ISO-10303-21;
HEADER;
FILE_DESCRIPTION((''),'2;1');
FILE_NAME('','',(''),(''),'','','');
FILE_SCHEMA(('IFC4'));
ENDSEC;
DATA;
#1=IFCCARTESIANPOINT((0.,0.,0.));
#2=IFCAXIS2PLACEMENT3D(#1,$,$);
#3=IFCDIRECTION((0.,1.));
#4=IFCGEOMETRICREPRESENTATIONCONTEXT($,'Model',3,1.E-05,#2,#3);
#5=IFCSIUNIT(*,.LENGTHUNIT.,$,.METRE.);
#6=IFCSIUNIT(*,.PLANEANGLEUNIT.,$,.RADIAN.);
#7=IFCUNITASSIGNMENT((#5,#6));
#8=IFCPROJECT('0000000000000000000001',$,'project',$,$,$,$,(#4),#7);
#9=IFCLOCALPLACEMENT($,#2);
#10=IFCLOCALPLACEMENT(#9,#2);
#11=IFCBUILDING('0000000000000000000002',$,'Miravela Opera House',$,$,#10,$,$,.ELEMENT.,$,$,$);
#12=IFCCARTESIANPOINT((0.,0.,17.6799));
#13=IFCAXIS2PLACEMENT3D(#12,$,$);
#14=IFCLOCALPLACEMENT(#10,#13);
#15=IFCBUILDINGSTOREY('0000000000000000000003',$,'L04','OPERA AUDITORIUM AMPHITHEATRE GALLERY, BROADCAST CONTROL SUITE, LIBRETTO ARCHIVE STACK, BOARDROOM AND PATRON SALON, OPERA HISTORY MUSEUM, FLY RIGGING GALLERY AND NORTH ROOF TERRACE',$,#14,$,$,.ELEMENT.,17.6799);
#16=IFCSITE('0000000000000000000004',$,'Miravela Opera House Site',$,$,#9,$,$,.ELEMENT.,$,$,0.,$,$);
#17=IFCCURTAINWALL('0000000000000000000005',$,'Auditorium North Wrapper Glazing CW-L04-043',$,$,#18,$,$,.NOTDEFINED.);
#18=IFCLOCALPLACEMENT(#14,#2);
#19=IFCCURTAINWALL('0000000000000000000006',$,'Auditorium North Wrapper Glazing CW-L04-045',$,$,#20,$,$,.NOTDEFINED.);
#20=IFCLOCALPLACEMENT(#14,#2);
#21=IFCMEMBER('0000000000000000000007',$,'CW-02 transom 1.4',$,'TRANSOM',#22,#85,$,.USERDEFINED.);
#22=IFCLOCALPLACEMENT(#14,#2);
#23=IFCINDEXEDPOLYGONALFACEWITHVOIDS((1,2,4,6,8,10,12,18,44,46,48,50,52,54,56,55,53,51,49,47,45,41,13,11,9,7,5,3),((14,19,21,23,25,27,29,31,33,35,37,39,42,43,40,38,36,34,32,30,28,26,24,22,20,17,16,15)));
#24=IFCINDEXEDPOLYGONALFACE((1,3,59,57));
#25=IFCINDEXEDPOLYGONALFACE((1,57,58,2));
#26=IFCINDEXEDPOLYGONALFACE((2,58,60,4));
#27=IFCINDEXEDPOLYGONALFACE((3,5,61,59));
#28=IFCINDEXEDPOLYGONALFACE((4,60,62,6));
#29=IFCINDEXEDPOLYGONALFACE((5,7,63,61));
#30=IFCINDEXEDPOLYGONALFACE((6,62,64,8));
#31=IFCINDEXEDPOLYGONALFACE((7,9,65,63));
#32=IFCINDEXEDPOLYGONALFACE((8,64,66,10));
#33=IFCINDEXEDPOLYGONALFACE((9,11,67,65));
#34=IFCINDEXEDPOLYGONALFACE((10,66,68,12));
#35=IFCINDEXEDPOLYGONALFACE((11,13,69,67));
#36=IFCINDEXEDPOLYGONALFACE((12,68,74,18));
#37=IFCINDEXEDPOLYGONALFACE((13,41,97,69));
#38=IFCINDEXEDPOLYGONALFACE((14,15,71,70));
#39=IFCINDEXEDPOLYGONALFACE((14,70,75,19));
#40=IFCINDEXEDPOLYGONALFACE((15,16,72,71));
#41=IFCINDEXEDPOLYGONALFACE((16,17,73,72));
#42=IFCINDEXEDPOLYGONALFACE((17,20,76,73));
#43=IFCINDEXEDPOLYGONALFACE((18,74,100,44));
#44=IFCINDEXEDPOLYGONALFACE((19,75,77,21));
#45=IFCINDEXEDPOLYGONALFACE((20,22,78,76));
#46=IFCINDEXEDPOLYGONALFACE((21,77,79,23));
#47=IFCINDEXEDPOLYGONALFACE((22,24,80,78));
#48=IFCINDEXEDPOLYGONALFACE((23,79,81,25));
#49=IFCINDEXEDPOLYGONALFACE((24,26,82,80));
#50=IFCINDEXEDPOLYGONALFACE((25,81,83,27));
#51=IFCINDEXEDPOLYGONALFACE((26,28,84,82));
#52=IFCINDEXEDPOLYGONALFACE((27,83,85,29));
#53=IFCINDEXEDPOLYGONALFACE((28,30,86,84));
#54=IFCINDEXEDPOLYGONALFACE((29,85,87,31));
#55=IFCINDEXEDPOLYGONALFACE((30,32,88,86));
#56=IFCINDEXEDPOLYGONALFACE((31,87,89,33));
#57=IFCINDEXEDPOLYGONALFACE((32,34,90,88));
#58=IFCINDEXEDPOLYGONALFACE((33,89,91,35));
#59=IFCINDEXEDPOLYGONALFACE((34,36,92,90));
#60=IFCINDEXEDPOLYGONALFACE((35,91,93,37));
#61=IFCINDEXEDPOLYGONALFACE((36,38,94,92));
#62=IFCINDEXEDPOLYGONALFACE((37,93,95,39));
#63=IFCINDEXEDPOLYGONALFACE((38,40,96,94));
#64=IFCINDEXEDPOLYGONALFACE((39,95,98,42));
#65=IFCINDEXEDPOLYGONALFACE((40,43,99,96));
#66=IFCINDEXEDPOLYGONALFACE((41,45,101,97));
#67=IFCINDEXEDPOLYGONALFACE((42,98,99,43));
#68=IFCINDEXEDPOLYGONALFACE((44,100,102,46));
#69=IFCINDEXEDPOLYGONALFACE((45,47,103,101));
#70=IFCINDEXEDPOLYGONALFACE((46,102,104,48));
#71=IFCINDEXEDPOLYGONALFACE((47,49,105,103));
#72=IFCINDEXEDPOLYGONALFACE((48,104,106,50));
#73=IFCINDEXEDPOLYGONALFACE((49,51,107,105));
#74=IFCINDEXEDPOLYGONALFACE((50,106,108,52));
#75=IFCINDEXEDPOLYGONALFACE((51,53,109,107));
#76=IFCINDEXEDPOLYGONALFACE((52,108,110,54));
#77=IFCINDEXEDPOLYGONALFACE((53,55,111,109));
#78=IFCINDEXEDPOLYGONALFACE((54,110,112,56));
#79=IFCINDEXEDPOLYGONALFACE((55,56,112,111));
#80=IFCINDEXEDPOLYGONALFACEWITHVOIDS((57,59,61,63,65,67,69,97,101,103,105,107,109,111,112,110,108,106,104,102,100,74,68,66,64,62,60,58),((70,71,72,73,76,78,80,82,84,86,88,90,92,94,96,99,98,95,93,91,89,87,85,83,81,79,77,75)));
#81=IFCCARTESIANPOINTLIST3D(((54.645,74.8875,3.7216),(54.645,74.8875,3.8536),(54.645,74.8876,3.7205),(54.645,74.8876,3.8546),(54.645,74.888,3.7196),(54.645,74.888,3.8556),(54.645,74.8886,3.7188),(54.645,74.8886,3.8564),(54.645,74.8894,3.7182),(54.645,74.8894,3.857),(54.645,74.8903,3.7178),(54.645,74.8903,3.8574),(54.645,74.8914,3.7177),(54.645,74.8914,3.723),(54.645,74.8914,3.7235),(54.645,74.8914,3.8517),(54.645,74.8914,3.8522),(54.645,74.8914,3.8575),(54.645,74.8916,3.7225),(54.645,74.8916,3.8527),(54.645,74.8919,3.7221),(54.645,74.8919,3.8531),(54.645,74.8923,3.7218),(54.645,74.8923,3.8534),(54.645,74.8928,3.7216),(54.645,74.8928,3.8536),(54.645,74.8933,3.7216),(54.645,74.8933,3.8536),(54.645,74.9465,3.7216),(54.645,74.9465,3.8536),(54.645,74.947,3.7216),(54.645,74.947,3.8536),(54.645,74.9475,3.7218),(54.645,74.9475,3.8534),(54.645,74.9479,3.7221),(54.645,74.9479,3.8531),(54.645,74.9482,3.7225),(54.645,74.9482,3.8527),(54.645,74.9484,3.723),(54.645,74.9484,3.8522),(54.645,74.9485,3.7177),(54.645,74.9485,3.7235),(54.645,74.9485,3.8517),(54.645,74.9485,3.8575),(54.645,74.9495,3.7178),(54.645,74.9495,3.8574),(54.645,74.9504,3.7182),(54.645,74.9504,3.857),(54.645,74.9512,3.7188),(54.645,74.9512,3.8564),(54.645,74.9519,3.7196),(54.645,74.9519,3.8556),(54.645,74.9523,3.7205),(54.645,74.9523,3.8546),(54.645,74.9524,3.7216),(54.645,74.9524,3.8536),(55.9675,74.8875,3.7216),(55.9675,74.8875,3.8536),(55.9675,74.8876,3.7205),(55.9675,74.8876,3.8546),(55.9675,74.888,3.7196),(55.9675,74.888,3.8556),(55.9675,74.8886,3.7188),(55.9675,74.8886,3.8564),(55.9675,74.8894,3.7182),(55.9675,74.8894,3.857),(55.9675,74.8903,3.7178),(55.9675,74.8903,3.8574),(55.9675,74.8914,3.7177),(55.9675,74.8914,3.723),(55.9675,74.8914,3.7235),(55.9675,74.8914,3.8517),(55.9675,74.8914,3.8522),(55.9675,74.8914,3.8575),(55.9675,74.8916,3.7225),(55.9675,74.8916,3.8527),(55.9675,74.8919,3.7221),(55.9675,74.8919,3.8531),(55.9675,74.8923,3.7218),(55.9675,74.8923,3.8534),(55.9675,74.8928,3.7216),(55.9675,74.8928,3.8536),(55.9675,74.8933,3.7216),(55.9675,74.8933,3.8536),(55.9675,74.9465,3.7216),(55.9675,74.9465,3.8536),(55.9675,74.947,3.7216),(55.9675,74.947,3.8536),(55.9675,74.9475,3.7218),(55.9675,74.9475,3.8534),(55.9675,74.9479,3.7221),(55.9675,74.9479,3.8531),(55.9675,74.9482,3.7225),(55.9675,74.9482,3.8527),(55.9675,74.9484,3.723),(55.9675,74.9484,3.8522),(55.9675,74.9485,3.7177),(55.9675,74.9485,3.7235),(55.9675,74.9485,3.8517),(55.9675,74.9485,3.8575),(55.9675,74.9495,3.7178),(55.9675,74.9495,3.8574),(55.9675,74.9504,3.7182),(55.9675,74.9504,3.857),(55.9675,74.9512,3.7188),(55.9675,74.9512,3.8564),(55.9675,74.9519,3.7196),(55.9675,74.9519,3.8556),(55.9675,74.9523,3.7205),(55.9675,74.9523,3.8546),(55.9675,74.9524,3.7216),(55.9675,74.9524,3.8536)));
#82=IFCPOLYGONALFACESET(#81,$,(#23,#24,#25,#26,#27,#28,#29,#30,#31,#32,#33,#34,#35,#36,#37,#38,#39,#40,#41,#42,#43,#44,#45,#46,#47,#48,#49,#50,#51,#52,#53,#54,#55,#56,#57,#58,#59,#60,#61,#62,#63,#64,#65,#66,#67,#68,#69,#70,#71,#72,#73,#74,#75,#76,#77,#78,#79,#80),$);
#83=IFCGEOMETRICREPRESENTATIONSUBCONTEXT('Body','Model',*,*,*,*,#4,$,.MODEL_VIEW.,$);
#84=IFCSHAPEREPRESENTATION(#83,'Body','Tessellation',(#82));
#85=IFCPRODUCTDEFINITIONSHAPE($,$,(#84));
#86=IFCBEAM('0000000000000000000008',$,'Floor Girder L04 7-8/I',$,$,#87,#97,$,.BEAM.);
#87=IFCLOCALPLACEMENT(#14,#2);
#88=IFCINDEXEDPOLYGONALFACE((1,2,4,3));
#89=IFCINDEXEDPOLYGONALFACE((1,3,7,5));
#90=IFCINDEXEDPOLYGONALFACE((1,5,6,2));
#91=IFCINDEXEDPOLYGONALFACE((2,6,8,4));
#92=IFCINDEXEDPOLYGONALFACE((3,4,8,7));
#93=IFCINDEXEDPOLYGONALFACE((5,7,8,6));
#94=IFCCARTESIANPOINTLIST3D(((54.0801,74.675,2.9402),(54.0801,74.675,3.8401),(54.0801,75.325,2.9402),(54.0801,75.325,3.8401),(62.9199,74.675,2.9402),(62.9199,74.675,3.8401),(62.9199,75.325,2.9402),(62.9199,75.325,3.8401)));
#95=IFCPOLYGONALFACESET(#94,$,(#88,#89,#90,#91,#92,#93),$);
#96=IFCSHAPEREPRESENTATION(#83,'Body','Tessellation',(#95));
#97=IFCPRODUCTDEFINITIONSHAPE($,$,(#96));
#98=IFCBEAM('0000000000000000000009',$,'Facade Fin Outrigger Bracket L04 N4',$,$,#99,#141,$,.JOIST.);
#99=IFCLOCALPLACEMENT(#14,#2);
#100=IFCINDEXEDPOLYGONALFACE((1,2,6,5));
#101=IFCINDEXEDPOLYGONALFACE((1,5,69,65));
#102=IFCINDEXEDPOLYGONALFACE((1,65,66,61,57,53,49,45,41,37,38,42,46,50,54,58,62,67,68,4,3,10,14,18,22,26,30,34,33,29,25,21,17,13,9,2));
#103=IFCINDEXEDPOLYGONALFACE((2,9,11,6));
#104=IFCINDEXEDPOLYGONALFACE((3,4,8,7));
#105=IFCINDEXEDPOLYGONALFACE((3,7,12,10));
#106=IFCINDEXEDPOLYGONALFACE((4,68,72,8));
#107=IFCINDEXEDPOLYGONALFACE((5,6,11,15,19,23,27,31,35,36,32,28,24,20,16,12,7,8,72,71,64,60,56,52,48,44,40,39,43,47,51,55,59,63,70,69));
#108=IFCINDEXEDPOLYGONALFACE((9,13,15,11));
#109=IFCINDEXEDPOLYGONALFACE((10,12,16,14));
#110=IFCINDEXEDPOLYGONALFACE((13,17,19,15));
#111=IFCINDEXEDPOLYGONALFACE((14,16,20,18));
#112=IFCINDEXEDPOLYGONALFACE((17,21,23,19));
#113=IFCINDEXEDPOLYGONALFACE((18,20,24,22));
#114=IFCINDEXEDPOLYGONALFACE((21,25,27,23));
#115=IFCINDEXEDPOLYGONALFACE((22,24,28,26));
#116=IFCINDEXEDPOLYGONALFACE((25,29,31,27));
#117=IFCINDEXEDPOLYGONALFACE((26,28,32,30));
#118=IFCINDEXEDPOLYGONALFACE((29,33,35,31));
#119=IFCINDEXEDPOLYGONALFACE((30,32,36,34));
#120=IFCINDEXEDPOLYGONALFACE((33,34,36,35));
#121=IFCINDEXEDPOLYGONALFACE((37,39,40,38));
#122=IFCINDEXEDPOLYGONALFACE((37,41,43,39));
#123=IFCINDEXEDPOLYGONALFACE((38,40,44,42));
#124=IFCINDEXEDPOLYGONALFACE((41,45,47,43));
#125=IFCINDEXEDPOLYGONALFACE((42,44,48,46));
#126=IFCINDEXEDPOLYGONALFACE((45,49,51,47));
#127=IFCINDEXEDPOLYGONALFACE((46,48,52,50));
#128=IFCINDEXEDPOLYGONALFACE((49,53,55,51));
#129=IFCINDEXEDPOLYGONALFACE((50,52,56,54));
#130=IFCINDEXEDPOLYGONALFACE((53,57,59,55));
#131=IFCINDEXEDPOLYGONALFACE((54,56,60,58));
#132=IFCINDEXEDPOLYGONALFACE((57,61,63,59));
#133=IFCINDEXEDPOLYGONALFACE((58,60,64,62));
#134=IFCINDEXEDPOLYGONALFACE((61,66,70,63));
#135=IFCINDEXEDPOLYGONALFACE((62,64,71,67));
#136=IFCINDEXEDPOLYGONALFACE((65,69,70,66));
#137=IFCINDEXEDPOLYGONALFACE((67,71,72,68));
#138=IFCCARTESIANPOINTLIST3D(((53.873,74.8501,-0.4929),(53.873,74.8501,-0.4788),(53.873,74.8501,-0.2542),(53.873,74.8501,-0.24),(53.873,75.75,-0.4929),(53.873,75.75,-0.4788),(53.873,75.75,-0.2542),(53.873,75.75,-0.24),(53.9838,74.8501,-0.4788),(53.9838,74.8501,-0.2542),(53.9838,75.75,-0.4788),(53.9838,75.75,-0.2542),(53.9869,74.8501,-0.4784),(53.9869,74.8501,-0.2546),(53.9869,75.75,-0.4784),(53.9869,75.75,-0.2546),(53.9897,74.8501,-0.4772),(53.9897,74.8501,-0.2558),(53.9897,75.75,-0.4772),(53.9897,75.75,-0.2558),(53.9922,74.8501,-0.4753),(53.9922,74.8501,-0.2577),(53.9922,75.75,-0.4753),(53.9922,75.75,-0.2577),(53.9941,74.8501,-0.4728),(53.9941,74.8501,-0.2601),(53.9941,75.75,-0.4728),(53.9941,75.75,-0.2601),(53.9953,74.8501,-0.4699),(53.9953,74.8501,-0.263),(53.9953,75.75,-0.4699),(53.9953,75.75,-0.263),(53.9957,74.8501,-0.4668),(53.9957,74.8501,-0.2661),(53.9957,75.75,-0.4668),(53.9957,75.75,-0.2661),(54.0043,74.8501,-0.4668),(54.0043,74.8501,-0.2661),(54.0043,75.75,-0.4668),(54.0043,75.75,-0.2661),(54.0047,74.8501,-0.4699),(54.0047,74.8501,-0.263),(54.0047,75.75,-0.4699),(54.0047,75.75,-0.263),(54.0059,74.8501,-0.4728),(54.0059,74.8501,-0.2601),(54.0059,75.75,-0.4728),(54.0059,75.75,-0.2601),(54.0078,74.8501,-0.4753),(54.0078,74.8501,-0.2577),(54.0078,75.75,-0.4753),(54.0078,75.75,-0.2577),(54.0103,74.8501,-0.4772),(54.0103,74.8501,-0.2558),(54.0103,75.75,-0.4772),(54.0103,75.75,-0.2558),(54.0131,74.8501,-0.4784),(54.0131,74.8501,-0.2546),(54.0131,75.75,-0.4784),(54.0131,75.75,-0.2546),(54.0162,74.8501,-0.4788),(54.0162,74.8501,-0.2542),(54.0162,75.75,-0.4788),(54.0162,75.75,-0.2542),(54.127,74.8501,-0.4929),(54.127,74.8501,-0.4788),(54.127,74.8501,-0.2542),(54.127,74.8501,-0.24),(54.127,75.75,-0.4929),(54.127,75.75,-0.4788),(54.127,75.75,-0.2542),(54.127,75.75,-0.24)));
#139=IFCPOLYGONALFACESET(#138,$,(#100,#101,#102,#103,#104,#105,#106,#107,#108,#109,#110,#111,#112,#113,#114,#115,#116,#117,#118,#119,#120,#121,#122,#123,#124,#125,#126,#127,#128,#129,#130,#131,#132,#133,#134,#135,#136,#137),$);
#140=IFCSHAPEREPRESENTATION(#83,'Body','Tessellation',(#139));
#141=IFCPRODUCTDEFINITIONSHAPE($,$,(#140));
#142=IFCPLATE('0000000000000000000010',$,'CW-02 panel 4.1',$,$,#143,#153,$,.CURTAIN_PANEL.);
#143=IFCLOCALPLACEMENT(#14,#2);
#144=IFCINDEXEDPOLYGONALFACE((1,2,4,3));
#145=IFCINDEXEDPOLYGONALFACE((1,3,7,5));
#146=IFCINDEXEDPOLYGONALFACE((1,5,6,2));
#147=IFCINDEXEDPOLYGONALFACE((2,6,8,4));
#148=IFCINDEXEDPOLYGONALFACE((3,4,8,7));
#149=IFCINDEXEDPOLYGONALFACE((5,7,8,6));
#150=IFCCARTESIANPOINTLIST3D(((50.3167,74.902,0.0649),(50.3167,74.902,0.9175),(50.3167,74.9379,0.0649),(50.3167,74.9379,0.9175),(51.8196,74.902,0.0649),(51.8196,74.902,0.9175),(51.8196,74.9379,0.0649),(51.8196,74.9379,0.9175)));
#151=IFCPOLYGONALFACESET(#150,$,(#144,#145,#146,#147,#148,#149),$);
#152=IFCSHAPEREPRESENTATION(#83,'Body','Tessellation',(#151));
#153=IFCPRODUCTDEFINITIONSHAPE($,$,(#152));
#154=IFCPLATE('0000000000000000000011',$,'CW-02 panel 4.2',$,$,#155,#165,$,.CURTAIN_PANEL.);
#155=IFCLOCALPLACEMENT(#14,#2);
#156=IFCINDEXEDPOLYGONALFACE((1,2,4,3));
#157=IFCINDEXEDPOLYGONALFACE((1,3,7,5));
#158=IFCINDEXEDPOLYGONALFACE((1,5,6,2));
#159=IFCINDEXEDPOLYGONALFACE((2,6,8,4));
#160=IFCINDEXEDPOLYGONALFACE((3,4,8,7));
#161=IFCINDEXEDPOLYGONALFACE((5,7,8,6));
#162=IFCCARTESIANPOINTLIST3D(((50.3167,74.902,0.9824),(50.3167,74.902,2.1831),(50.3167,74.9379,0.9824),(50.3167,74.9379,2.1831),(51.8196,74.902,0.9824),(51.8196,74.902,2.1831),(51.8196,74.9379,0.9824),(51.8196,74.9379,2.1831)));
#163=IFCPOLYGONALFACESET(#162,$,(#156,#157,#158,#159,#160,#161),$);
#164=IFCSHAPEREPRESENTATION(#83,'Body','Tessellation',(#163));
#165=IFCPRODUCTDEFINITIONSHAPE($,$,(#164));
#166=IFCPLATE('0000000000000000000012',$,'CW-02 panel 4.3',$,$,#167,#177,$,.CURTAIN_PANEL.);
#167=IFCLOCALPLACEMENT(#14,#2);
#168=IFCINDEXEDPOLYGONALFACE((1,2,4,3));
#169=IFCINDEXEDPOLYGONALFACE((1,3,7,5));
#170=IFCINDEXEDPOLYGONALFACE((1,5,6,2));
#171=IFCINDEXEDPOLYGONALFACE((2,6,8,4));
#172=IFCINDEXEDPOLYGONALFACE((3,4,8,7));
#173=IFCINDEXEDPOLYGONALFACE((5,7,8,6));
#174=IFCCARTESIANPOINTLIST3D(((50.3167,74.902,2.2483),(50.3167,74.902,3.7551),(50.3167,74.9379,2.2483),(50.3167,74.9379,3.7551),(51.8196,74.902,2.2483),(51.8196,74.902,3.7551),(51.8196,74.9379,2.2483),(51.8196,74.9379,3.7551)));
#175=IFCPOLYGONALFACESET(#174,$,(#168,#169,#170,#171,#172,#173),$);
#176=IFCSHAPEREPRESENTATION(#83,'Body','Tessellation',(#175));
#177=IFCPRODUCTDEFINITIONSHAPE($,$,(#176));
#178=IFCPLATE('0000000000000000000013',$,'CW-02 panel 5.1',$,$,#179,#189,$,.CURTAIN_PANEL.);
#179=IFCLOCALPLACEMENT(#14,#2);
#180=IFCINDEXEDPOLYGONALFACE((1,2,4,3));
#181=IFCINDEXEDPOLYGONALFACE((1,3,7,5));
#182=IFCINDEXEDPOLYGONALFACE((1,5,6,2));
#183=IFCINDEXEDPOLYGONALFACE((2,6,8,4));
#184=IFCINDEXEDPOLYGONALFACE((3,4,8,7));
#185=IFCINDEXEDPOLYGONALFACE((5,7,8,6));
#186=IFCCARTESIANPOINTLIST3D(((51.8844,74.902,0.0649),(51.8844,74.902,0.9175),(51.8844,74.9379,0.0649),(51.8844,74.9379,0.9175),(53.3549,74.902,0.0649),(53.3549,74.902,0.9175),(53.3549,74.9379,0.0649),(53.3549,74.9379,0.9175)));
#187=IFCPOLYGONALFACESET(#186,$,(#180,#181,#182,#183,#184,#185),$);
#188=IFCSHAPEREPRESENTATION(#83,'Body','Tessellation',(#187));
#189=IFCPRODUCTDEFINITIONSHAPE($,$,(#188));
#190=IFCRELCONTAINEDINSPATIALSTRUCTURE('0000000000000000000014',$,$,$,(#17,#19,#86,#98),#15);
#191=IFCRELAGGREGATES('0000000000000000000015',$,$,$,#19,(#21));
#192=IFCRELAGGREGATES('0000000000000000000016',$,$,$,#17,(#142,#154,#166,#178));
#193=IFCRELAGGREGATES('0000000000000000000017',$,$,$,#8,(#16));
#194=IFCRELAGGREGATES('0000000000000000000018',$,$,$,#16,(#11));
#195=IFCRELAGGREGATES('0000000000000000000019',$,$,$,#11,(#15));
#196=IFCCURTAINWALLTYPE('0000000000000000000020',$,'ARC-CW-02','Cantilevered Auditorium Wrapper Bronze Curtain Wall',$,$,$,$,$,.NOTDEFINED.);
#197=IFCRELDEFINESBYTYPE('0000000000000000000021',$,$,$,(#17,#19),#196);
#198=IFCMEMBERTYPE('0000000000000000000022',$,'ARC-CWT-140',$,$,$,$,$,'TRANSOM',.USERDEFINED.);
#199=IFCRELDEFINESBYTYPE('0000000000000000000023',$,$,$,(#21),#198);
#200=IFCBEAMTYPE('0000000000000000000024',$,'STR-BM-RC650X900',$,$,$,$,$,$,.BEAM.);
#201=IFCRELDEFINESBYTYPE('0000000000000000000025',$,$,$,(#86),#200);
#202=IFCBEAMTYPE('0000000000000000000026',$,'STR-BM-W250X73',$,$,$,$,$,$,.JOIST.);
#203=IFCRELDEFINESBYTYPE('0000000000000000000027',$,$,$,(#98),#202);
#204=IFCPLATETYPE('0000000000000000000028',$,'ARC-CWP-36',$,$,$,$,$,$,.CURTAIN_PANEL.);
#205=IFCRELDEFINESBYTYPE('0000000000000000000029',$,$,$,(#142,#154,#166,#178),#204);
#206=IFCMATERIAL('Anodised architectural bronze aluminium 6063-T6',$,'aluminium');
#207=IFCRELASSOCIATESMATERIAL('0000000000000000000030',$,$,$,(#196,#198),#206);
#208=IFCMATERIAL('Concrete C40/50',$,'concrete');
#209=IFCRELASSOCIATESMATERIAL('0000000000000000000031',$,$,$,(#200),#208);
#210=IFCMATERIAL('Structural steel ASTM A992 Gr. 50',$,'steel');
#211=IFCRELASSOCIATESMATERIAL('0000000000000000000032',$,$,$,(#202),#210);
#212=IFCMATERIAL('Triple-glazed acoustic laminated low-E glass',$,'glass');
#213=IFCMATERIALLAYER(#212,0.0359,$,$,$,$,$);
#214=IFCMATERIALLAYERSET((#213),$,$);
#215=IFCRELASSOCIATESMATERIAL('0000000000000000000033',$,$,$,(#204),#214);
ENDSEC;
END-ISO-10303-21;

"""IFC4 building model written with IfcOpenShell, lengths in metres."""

from ifc_helpers import new_model, si_unit, direction, frame, origin, origin_2d, place, context, subcontext, project, spatial, rectangle, hollow_rectangle, i_section, extrude, material, layer, layer_set, material_profile, profile_set, type_object, element, aggregate, save


model = new_model("IFC4")

# Units and contexts
model_context = context("Model", 3, precision=1e-05, world=origin(), true_north=direction((0.0, 1.0)))
body_context = subcontext(model_context, "Body", "Model", "MODEL_VIEW")
ifc_project = project(units=[si_unit("LENGTHUNIT", "METRE"), si_unit("PLANEANGLEUNIT", "RADIAN")], contexts=[model_context])

# Site, building, storey
site_placement = place(None, origin())
site = spatial("IfcSite", under=ifc_project, at=site_placement, Name="Miravela Opera House Site", CompositionType="ELEMENT", RefElevation=0.0)
building_placement = place(site_placement, origin())
building = spatial("IfcBuilding", under=site, at=building_placement, Name="Miravela Opera House", CompositionType="ELEMENT")
storey_placement = place(building_placement, frame((0.0, 0.0, 17.6799)))
storey = spatial("IfcBuildingStorey", under=building, at=storey_placement, Name="L04", Description="OPERA AUDITORIUM AMPHITHEATRE GALLERY, BROADCAST CONTROL SUITE, LIBRETTO ARCHIVE STACK, BOARDROOM AND PATRON SALON, OPERA HISTORY MUSEUM, FLY RIGGING GALLERY AND NORTH ROOF TERRACE", CompositionType="ELEMENT", Elevation=17.6799)

# Curtain wall
ifc_material_1 = material(Name="Anodised architectural bronze aluminium 6063-T6", Category="aluminium")
curtain_wall_type = type_object("IfcCurtainWallType", Name="ARC-CW-02", Description="Cantilevered Auditorium Wrapper Bronze Curtain Wall", PredefinedType="NOTDEFINED", material=ifc_material_1)
curtain_wall_1_placement = place(storey_placement, origin())
curtain_wall_1 = element("IfcCurtainWall", 1, at=curtain_wall_1_placement, inside=storey, type_object=curtain_wall_type, Name="Auditorium North Wrapper Glazing CW-L04-043", PredefinedType="NOTDEFINED")

# Curtain wall
curtain_wall_2_placement = place(storey_placement, origin())
curtain_wall_2 = element("IfcCurtainWall", 2, at=curtain_wall_2_placement, inside=storey, type_object=curtain_wall_type, Name="Auditorium North Wrapper Glazing CW-L04-045", PredefinedType="NOTDEFINED")

# Member
ifc_material_profile_1 = material_profile(ifc_material_1, hollow_rectangle(XDim=0.0649, YDim=0.1399, WallThickness=0.0039, InnerFilletRadius=0.002, OuterFilletRadius=0.0039, at=origin_2d()), Name="CWT-65X140")
ifc_profile_set_1 = profile_set([ifc_material_profile_1])
member_type_1 = type_object("IfcMemberType", Name="ARC-CWT-140", ElementType="TRANSOM", PredefinedType="USERDEFINED", material=ifc_profile_set_1)
member_1_placement = place(storey_placement, frame((54.645, 74.9199, 3.7876), z_axis=(1.0, 0.0, 0.0), x_axis=(0.0, 1.0, 0.0)))
member_1 = element("IfcMember", 3, at=member_1_placement, type_object=member_type_1, Name="CW-02 transom 1.4", ObjectType="TRANSOM", PredefinedType="USERDEFINED", context=body_context, shape_type="SweptSolid", body=[
    extrude(hollow_rectangle(XDim=0.0649, YDim=0.1399, WallThickness=0.0039, InnerFilletRadius=0.002, OuterFilletRadius=0.0039, at=origin_2d()), origin(), (0.0, 0.0, 1.0), 1.3225),
])
aggregate(curtain_wall_2, [member_1])

# Beams
ifc_material_2 = material(Name="Concrete C40/50", Category="concrete")
ifc_material_profile_2 = material_profile(ifc_material_2, rectangle(XDim=0.6499, YDim=0.8999, at=origin_2d()), Name="RC-BM-650X900")
ifc_profile_set_2 = profile_set([ifc_material_profile_2])
beam_type_1 = type_object("IfcBeamType", Name="STR-BM-RC650X900", PredefinedType="BEAM", material=ifc_profile_set_2)
beam_1_placement = place(storey_placement, frame((54.0801, 75.0, 3.3901), z_axis=(1.0, 0.0, 0.0), x_axis=(0.0, 1.0, 0.0)))
element("IfcBeam", 4, at=beam_1_placement, inside=storey, type_object=beam_type_1, Name="Floor Girder L04 7-8/I", PredefinedType="BEAM", context=body_context, shape_type="SweptSolid", body=[
    extrude(rectangle(XDim=0.6499, YDim=0.8999, at=origin_2d()), origin(), (0.0, 0.0, 1.0), 8.8398),
])
ifc_material_3 = material(Name="Structural steel ASTM A992 Gr. 50", Category="steel")
ifc_material_profile_3 = material_profile(ifc_material_3, i_section(OverallWidth=0.2539, OverallDepth=0.2529, WebThickness=0.0085, FlangeThickness=0.0142, FilletRadius=0.012, at=origin_2d()), Name="W250X73")
ifc_profile_set_3 = profile_set([ifc_material_profile_3])
beam_type_2 = type_object("IfcBeamType", Name="STR-BM-W250X73", PredefinedType="JOIST", material=ifc_profile_set_3)
beam_2_placement = place(storey_placement, frame((54.0, 74.8501, -0.3665), z_axis=(0.0, 1.0, 0.0), x_axis=(-1.0, 0.0, 0.0)))
element("IfcBeam", 5, at=beam_2_placement, inside=storey, type_object=beam_type_2, Name="Facade Fin Outrigger Bracket L04 N4", PredefinedType="JOIST", context=body_context, shape_type="SweptSolid", body=[
    extrude(i_section(OverallWidth=0.2539, OverallDepth=0.2529, WebThickness=0.0085, FlangeThickness=0.0142, FilletRadius=0.012, at=origin_2d()), origin(), (0.0, 0.0, 1.0), 0.8999),
])

# Plates
ifc_material_4 = material(Name="Triple-glazed acoustic laminated low-E glass", Category="glass")
ifc_layer = layer(ifc_material_4, 0.0359)
ifc_layer_set = layer_set([ifc_layer])
plate_type = type_object("IfcPlateType", Name="ARC-CWP-36", PredefinedType="CURTAIN_PANEL", material=ifc_layer_set)
plate_1_placement = place(storey_placement, frame((51.0681, 74.9199, 0.0649), z_axis=(0.0, 0.0, 1.0), x_axis=(1.0, 0.0, 0.0)))
plate_1 = element("IfcPlate", 6, at=plate_1_placement, type_object=plate_type, Name="CW-02 panel 4.1", PredefinedType="CURTAIN_PANEL", context=body_context, shape_type="SweptSolid", body=[
    extrude(rectangle(XDim=1.5029, YDim=0.0359, at=origin_2d()), origin(), (0.0, 0.0, 1.0), 0.8525),
])
plate_2_placement = place(storey_placement, frame((51.0681, 74.9199, 0.9824), z_axis=(0.0, 0.0, 1.0), x_axis=(1.0, 0.0, 0.0)))
plate_2 = element("IfcPlate", 7, at=plate_2_placement, type_object=plate_type, Name="CW-02 panel 4.2", PredefinedType="CURTAIN_PANEL", context=body_context, shape_type="SweptSolid", body=[
    extrude(rectangle(XDim=1.5029, YDim=0.0359, at=origin_2d()), origin(), (0.0, 0.0, 1.0), 1.2007),
])
plate_3_placement = place(storey_placement, frame((51.0681, 74.9199, 2.2483), z_axis=(0.0, 0.0, 1.0), x_axis=(1.0, 0.0, 0.0)))
plate_3 = element("IfcPlate", 8, at=plate_3_placement, type_object=plate_type, Name="CW-02 panel 4.3", PredefinedType="CURTAIN_PANEL", context=body_context, shape_type="SweptSolid", body=[
    extrude(rectangle(XDim=1.5029, YDim=0.0359, at=origin_2d()), origin(), (0.0, 0.0, 1.0), 1.5068),
])
plate_4_placement = place(storey_placement, frame((52.6196, 74.9199, 0.0649), z_axis=(0.0, 0.0, 1.0), x_axis=(1.0, 0.0, 0.0)))
plate_4 = element("IfcPlate", 9, at=plate_4_placement, type_object=plate_type, Name="CW-02 panel 5.1", PredefinedType="CURTAIN_PANEL", context=body_context, shape_type="SweptSolid", body=[
    extrude(rectangle(XDim=1.4705, YDim=0.0359, at=origin_2d()), origin(), (0.0, 0.0, 1.0), 0.8525),
])
aggregate(curtain_wall_1, [plate_1, plate_2, plate_3, plate_4])

save(model, "model.ifc")
